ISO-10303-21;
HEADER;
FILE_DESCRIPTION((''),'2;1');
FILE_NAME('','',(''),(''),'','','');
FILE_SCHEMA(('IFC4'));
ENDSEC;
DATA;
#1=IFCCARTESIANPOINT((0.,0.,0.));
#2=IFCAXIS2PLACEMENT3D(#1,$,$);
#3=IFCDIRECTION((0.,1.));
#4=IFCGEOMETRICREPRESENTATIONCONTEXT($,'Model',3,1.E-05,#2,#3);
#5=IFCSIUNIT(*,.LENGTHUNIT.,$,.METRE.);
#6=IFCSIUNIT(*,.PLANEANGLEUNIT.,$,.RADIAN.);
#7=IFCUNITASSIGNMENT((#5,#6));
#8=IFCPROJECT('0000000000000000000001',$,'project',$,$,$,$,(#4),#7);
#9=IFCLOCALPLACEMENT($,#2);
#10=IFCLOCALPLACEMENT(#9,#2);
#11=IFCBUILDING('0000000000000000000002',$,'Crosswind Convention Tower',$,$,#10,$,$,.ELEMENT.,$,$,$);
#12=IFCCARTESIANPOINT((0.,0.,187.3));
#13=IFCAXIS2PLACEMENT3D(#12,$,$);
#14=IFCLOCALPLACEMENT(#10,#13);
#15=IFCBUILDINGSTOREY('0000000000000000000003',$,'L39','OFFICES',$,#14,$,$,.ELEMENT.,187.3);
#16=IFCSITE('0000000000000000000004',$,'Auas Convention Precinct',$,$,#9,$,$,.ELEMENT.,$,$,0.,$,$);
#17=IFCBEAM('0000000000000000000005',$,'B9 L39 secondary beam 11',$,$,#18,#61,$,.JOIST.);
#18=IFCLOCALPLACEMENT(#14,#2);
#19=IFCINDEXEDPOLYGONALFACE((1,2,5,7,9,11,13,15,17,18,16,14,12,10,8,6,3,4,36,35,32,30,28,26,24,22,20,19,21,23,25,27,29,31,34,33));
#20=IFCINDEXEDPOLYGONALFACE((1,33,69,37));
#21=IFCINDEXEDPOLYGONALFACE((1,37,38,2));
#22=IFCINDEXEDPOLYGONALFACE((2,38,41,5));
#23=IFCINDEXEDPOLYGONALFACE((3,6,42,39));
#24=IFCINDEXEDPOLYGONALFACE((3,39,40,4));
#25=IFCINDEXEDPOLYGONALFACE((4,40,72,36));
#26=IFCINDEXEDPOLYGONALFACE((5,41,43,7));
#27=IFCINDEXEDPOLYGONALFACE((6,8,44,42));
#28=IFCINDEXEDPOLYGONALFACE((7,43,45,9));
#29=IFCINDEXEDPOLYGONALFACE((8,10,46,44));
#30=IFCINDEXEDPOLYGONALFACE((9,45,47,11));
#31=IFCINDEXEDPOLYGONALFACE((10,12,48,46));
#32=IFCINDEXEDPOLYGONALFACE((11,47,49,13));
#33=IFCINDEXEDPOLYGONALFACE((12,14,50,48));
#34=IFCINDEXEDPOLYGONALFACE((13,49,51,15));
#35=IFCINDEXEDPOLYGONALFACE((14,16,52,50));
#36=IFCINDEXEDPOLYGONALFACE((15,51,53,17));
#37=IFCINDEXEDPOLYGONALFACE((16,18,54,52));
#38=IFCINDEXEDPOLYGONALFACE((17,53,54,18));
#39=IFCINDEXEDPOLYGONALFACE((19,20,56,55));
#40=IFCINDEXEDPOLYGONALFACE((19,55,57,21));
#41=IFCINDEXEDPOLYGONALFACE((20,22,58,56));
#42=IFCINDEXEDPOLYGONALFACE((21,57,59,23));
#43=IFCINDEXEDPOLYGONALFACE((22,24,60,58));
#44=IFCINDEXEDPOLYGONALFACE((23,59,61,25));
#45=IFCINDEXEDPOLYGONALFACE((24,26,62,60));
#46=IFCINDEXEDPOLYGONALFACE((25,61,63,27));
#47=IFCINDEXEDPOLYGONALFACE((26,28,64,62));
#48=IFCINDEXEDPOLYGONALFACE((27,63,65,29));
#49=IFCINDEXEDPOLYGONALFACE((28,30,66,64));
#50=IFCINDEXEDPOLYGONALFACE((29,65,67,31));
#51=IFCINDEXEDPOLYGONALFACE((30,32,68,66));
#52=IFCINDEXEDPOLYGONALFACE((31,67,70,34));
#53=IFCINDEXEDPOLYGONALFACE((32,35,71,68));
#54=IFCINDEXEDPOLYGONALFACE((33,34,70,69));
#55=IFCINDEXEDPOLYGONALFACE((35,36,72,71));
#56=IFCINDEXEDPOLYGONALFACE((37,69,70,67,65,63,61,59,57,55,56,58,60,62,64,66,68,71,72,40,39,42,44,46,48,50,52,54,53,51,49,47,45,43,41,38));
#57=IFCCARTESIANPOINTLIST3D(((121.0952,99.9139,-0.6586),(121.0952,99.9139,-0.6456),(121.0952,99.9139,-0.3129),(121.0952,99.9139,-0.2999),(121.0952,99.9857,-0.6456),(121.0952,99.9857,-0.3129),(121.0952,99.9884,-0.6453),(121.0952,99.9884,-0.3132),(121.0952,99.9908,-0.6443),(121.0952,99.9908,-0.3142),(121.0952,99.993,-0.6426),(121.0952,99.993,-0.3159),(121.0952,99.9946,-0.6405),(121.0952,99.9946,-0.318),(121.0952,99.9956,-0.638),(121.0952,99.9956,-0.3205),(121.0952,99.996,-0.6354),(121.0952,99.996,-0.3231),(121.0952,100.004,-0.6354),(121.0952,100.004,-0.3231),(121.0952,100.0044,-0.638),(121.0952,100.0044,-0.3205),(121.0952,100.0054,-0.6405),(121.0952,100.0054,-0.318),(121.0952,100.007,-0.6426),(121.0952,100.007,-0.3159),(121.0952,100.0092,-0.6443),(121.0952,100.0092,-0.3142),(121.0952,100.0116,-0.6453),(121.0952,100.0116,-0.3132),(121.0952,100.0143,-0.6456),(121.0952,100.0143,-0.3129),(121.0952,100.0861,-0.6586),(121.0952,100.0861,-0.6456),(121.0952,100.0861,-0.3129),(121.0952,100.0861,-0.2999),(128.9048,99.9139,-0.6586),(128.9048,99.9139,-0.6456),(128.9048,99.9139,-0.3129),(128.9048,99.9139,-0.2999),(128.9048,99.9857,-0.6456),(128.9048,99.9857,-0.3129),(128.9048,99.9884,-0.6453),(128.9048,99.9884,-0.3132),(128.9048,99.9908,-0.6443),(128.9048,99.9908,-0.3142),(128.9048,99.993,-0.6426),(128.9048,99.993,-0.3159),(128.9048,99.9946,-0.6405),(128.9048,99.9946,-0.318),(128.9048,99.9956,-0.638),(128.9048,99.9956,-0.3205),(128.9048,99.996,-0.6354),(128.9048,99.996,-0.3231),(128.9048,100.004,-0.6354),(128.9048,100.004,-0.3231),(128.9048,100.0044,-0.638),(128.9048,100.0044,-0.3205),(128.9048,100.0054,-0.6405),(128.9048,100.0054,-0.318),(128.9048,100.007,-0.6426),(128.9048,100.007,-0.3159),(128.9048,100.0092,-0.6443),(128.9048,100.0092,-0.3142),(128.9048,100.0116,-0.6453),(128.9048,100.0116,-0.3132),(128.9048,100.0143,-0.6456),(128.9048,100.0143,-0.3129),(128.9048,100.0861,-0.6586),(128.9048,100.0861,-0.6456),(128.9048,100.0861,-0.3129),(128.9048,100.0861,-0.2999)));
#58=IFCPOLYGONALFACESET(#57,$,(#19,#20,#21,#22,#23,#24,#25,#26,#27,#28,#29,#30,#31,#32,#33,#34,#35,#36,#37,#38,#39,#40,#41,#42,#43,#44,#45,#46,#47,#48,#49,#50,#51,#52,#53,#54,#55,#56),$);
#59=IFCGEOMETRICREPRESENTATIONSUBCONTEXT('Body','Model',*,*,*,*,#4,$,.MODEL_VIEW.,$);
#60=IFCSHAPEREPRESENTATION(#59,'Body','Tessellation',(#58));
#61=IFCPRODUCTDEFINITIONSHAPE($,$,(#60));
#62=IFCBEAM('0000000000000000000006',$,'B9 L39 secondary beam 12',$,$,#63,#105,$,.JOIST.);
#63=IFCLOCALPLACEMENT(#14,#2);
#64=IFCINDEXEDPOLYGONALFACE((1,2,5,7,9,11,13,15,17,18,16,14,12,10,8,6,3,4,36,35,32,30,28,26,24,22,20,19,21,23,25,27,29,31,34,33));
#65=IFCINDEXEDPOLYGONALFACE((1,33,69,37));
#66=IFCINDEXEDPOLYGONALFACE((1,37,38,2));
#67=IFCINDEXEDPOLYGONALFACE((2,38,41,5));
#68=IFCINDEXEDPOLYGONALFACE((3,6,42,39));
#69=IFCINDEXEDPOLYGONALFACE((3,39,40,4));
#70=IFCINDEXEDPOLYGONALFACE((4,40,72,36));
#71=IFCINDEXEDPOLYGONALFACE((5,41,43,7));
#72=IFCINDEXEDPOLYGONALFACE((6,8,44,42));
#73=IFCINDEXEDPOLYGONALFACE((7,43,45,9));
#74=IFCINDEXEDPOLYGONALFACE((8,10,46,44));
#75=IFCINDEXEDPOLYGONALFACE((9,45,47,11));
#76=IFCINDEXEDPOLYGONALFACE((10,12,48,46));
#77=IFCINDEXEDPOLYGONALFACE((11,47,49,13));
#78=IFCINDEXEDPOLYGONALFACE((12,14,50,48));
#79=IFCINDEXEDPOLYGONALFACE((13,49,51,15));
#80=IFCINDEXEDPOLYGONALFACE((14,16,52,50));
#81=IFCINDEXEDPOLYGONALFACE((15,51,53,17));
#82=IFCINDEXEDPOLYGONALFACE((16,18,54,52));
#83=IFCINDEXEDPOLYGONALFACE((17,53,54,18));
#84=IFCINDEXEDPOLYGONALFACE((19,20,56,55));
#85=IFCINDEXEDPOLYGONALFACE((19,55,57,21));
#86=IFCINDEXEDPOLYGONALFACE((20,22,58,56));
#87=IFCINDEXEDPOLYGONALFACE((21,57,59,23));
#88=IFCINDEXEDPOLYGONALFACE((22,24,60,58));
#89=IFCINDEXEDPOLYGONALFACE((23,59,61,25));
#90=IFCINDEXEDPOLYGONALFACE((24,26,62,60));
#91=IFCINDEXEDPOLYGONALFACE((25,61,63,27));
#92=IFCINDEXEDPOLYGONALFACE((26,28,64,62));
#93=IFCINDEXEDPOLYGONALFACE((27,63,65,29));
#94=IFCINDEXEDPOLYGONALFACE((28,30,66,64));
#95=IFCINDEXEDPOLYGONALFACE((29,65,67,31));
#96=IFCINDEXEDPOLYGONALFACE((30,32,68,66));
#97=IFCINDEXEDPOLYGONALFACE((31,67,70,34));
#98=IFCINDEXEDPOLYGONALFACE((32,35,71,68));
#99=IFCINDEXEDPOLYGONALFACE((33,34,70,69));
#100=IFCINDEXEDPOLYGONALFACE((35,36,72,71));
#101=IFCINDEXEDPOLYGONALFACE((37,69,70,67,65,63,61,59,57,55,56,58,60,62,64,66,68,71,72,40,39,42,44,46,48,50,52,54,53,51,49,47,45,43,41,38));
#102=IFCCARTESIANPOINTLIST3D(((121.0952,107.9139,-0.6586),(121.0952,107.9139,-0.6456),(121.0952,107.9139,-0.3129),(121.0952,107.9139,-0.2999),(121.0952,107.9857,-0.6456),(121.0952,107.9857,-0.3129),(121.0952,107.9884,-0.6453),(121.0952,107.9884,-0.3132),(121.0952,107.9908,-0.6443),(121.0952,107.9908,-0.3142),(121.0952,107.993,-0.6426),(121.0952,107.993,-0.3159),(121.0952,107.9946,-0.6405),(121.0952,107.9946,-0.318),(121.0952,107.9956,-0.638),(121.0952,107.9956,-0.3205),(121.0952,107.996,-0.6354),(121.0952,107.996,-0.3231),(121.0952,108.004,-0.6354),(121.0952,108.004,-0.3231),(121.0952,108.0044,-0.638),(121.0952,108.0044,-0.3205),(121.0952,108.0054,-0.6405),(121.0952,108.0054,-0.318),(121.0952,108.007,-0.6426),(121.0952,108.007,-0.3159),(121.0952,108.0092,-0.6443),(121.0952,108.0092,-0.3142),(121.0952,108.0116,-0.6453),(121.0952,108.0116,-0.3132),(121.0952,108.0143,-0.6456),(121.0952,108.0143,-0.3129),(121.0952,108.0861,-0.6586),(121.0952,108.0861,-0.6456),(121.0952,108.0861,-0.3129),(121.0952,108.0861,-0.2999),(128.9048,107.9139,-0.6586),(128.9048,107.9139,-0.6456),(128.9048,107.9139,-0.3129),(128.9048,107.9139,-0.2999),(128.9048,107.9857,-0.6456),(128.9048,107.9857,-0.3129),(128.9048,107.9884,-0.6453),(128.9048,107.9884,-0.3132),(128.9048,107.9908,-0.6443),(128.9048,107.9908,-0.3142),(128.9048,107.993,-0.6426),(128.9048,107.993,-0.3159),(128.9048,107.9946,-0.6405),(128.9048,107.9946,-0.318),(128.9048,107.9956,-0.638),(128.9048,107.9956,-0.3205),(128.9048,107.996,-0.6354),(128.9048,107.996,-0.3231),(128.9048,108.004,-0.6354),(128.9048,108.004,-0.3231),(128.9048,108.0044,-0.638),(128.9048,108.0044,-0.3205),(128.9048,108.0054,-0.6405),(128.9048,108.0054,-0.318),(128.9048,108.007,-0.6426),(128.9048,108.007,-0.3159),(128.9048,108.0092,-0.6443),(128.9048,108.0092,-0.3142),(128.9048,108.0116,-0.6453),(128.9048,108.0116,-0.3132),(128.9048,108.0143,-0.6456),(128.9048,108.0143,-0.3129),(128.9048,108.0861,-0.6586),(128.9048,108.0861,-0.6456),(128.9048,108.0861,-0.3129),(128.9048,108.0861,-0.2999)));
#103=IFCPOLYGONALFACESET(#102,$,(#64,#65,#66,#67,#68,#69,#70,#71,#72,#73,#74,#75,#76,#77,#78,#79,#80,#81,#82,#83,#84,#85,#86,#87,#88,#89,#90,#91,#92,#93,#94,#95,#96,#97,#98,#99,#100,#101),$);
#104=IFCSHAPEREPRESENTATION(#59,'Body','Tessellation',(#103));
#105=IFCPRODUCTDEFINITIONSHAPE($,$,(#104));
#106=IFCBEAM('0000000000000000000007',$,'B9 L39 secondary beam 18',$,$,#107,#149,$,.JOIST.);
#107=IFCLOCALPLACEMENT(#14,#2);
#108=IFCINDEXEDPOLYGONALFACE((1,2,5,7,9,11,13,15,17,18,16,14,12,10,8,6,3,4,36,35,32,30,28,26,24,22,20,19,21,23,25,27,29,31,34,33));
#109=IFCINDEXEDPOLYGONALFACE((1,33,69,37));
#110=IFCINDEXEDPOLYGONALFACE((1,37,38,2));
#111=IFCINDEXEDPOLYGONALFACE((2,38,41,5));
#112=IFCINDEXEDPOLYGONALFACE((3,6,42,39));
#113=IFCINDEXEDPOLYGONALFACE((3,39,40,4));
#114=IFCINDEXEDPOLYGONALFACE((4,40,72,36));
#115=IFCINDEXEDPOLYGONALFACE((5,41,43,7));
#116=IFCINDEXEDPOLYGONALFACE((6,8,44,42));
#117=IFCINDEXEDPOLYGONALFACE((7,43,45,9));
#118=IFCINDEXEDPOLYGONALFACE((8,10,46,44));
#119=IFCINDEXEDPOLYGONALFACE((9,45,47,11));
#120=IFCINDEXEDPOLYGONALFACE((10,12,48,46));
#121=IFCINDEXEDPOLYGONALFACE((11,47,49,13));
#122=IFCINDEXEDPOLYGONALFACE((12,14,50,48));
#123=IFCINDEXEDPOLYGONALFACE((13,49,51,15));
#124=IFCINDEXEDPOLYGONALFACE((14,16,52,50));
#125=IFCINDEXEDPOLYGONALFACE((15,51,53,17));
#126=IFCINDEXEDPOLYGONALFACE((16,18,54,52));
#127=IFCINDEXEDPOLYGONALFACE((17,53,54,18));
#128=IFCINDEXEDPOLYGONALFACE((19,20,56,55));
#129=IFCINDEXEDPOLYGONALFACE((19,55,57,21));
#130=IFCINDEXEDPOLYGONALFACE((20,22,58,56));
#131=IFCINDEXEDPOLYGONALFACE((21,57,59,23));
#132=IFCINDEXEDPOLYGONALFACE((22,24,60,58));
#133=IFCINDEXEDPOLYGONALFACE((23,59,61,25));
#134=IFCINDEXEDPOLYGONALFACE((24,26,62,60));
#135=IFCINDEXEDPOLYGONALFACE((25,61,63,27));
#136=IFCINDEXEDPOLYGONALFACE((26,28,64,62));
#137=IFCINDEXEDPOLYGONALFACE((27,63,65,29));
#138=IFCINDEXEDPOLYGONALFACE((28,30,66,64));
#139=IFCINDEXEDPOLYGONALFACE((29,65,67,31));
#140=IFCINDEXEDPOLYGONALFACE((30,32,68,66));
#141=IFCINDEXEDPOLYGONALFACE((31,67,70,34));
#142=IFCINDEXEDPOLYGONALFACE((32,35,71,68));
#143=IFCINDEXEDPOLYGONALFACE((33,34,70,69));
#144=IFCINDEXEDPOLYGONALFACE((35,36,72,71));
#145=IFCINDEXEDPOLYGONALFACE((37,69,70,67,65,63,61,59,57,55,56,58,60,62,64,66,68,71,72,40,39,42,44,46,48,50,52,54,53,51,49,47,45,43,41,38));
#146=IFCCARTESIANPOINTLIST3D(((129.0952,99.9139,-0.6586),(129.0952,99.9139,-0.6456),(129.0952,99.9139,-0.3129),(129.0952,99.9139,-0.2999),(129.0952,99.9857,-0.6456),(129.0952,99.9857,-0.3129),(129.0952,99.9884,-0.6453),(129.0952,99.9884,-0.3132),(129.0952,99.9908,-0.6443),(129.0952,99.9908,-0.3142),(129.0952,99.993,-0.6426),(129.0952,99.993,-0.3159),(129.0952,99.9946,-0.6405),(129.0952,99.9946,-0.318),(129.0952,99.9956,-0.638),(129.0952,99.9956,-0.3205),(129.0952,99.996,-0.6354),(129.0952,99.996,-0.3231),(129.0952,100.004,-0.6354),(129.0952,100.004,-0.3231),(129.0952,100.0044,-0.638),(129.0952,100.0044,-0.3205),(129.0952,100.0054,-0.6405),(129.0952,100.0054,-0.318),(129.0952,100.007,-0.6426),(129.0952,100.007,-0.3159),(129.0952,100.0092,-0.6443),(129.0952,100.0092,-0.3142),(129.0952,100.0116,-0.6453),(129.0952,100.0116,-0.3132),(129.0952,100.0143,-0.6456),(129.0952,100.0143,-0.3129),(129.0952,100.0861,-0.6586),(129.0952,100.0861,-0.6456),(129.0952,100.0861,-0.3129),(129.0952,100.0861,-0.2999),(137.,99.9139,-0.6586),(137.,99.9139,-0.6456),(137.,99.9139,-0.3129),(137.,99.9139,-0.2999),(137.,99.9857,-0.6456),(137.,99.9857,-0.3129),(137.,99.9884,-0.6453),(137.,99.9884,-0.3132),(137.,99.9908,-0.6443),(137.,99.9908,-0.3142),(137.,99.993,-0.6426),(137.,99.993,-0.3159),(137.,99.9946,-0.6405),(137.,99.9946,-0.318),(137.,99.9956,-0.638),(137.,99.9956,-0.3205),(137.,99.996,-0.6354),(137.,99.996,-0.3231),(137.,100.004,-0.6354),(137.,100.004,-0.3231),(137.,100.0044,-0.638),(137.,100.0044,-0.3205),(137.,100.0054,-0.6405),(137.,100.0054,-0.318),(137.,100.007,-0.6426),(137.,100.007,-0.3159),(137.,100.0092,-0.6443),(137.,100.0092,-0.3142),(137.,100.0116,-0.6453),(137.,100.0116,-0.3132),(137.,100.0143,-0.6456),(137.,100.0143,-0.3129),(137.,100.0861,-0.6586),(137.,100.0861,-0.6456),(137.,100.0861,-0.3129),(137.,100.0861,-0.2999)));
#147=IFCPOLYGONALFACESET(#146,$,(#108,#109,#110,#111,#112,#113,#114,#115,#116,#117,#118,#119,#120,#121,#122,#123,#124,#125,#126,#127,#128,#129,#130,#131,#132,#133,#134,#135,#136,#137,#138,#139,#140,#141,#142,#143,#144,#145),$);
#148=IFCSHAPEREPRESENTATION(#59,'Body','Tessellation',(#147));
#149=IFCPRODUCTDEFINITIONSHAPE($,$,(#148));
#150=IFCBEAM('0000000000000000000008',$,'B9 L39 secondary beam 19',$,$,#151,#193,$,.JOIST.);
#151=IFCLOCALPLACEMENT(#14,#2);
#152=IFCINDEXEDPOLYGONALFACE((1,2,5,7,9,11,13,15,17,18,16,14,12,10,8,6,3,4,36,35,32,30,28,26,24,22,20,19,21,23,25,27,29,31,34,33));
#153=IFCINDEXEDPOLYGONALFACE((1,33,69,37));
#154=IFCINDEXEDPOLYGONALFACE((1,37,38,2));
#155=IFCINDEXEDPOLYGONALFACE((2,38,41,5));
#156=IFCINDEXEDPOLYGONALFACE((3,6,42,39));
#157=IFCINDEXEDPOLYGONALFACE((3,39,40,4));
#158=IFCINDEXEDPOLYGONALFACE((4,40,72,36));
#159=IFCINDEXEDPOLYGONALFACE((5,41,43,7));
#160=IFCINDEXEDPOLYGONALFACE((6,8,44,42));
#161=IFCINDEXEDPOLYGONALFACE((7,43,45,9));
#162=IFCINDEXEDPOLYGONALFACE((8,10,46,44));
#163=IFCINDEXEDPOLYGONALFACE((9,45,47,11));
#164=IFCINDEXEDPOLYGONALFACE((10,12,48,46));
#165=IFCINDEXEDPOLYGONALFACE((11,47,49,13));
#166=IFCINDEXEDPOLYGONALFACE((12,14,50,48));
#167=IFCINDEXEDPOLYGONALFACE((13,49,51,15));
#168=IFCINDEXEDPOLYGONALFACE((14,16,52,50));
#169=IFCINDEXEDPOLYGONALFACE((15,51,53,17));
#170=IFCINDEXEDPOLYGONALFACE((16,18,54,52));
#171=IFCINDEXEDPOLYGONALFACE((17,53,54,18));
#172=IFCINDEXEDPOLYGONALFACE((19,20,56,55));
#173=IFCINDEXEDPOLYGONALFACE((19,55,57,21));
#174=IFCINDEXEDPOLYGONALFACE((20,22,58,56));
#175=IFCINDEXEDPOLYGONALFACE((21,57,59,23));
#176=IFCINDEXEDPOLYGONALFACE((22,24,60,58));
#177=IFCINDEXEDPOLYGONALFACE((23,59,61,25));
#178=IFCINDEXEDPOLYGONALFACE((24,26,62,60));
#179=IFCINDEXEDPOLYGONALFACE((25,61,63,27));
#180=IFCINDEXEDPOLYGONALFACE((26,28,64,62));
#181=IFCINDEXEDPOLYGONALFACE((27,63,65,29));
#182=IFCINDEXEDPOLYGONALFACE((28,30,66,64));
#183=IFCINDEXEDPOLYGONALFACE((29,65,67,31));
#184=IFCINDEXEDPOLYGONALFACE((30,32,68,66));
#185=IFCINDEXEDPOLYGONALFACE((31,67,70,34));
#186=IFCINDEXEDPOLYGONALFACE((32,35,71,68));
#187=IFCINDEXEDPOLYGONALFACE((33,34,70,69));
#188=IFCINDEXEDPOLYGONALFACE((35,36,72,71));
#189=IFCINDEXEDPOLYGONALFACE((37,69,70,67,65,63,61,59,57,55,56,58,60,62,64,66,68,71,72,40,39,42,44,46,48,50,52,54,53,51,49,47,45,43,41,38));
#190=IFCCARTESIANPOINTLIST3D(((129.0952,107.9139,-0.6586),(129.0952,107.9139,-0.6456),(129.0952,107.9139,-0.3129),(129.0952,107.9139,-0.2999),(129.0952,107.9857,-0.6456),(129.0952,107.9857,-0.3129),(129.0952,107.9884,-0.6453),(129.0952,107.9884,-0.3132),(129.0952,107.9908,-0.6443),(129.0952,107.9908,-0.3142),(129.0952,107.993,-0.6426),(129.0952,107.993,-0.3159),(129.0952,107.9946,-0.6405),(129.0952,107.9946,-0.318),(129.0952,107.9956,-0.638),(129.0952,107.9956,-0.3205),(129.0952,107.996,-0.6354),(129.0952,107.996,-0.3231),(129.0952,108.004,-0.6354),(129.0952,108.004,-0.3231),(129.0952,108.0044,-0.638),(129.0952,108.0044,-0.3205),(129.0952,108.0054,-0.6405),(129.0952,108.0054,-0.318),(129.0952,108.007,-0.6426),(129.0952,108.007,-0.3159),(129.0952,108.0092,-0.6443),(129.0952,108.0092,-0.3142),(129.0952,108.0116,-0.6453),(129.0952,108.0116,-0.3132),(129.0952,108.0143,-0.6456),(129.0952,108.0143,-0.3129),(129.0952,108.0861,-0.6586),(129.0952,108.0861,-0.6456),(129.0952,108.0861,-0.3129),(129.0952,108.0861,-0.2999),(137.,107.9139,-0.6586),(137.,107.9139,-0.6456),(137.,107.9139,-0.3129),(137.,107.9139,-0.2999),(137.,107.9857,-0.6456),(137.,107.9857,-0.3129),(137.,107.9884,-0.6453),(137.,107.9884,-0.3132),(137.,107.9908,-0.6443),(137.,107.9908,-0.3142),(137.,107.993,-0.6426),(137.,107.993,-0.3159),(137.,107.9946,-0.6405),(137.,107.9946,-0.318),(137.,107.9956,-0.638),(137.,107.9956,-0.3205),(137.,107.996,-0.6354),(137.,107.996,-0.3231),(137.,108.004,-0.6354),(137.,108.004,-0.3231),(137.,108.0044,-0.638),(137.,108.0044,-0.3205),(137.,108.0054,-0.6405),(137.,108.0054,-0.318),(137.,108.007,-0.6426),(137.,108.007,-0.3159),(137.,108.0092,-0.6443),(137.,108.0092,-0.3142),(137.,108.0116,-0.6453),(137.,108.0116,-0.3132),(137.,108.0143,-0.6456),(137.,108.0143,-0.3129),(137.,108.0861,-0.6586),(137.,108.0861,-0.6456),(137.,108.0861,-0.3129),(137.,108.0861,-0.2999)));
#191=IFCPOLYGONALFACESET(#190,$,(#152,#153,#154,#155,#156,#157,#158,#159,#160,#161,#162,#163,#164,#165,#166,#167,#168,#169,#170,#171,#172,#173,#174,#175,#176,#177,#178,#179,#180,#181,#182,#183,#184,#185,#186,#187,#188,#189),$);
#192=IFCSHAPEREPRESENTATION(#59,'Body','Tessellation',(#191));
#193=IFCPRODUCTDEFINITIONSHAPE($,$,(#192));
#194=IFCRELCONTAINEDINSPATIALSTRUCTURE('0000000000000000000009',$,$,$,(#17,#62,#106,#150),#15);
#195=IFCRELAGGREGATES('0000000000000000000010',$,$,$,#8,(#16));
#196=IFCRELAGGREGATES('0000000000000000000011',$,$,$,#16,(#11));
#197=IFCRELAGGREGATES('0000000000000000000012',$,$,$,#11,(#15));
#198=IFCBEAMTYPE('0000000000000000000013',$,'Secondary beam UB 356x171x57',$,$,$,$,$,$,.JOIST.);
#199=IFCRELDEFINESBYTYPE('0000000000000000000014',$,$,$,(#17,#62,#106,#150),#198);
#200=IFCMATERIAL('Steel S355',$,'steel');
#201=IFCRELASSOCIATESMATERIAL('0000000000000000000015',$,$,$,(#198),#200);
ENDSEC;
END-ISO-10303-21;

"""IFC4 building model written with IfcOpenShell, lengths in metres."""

from ifc_helpers import new_model, si_unit, direction, frame, origin, origin_2d, place, context, subcontext, project, spatial, i_section, extrude, material, material_profile, profile_set, type_object, element, save


model = new_model("IFC4")

# Units and contexts
model_context = context("Model", 3, precision=1e-05, world=origin(), true_north=direction((0.0, 1.0)))
body_context = subcontext(model_context, "Body", "Model", "MODEL_VIEW")
ifc_project = project(units=[si_unit("LENGTHUNIT", "METRE"), si_unit("PLANEANGLEUNIT", "RADIAN")], contexts=[model_context])

# Site, building, storey
site_placement = place(None, origin())
site = spatial("IfcSite", under=ifc_project, at=site_placement, Name="Auas Convention Precinct", CompositionType="ELEMENT", RefElevation=0.0)
building_placement = place(site_placement, origin())
building = spatial("IfcBuilding", under=site, at=building_placement, Name="Crosswind Convention Tower", CompositionType="ELEMENT")
storey_placement = place(building_placement, frame((0.0, 0.0, 187.3)))
storey = spatial("IfcBuildingStorey", under=building, at=storey_placement, Name="L39", Description="OFFICES", CompositionType="ELEMENT", Elevation=187.3)

# Beams
ifc_material_1 = material(Name="Steel S355", Category="steel")
ifc_material_profile_1 = material_profile(ifc_material_1, i_section(OverallWidth=0.1721, OverallDepth=0.3586, WebThickness=0.0081, FlangeThickness=0.0129, FilletRadius=0.0103, at=origin_2d()), Name="UB 356x171x57")
ifc_profile_set_1 = profile_set([ifc_material_profile_1], Name="Steel S355")
beam_type_1 = type_object("IfcBeamType", Name="Secondary beam UB 356x171x57", PredefinedType="JOIST", material=ifc_profile_set_1)
for number, where, z_axis, x_axis, name in (
    (1, (121.0952, 100.0, -0.4792), (1.0, 0.0, 0.0), (0.0, 1.0, 0.0), "B9 L39 secondary beam 11"),
    (2, (121.0952, 108.0, -0.4792), (1.0, 0.0, 0.0), (0.0, 1.0, 0.0), "B9 L39 secondary beam 12"),
):
    element("IfcBeam", number, at=place(storey_placement, frame(where, z_axis=z_axis, x_axis=x_axis)), inside=storey, type_object=beam_type_1, Name=name, PredefinedType="JOIST", context=body_context, shape_type="SweptSolid", body=[
        extrude(i_section(OverallWidth=0.1721, OverallDepth=0.3586, WebThickness=0.0081, FlangeThickness=0.0129, FilletRadius=0.0103, at=origin_2d()), origin(), (0.0, 0.0, 1.0), 7.8096),
    ])
for number, where, z_axis, x_axis, name in (
    (3, (129.0952, 100.0, -0.4792), (1.0, 0.0, 0.0), (0.0, 1.0, 0.0), "B9 L39 secondary beam 18"),
    (4, (129.0952, 108.0, -0.4792), (1.0, 0.0, 0.0), (0.0, 1.0, 0.0), "B9 L39 secondary beam 19"),
):
    element("IfcBeam", number, at=place(storey_placement, frame(where, z_axis=z_axis, x_axis=x_axis)), inside=storey, type_object=beam_type_1, Name=name, PredefinedType="JOIST", context=body_context, shape_type="SweptSolid", body=[
        extrude(i_section(OverallWidth=0.1721, OverallDepth=0.3586, WebThickness=0.0081, FlangeThickness=0.0129, FilletRadius=0.0103, at=origin_2d()), origin(), (0.0, 0.0, 1.0), 7.9048),
    ])

save(model, "model.ifc")
